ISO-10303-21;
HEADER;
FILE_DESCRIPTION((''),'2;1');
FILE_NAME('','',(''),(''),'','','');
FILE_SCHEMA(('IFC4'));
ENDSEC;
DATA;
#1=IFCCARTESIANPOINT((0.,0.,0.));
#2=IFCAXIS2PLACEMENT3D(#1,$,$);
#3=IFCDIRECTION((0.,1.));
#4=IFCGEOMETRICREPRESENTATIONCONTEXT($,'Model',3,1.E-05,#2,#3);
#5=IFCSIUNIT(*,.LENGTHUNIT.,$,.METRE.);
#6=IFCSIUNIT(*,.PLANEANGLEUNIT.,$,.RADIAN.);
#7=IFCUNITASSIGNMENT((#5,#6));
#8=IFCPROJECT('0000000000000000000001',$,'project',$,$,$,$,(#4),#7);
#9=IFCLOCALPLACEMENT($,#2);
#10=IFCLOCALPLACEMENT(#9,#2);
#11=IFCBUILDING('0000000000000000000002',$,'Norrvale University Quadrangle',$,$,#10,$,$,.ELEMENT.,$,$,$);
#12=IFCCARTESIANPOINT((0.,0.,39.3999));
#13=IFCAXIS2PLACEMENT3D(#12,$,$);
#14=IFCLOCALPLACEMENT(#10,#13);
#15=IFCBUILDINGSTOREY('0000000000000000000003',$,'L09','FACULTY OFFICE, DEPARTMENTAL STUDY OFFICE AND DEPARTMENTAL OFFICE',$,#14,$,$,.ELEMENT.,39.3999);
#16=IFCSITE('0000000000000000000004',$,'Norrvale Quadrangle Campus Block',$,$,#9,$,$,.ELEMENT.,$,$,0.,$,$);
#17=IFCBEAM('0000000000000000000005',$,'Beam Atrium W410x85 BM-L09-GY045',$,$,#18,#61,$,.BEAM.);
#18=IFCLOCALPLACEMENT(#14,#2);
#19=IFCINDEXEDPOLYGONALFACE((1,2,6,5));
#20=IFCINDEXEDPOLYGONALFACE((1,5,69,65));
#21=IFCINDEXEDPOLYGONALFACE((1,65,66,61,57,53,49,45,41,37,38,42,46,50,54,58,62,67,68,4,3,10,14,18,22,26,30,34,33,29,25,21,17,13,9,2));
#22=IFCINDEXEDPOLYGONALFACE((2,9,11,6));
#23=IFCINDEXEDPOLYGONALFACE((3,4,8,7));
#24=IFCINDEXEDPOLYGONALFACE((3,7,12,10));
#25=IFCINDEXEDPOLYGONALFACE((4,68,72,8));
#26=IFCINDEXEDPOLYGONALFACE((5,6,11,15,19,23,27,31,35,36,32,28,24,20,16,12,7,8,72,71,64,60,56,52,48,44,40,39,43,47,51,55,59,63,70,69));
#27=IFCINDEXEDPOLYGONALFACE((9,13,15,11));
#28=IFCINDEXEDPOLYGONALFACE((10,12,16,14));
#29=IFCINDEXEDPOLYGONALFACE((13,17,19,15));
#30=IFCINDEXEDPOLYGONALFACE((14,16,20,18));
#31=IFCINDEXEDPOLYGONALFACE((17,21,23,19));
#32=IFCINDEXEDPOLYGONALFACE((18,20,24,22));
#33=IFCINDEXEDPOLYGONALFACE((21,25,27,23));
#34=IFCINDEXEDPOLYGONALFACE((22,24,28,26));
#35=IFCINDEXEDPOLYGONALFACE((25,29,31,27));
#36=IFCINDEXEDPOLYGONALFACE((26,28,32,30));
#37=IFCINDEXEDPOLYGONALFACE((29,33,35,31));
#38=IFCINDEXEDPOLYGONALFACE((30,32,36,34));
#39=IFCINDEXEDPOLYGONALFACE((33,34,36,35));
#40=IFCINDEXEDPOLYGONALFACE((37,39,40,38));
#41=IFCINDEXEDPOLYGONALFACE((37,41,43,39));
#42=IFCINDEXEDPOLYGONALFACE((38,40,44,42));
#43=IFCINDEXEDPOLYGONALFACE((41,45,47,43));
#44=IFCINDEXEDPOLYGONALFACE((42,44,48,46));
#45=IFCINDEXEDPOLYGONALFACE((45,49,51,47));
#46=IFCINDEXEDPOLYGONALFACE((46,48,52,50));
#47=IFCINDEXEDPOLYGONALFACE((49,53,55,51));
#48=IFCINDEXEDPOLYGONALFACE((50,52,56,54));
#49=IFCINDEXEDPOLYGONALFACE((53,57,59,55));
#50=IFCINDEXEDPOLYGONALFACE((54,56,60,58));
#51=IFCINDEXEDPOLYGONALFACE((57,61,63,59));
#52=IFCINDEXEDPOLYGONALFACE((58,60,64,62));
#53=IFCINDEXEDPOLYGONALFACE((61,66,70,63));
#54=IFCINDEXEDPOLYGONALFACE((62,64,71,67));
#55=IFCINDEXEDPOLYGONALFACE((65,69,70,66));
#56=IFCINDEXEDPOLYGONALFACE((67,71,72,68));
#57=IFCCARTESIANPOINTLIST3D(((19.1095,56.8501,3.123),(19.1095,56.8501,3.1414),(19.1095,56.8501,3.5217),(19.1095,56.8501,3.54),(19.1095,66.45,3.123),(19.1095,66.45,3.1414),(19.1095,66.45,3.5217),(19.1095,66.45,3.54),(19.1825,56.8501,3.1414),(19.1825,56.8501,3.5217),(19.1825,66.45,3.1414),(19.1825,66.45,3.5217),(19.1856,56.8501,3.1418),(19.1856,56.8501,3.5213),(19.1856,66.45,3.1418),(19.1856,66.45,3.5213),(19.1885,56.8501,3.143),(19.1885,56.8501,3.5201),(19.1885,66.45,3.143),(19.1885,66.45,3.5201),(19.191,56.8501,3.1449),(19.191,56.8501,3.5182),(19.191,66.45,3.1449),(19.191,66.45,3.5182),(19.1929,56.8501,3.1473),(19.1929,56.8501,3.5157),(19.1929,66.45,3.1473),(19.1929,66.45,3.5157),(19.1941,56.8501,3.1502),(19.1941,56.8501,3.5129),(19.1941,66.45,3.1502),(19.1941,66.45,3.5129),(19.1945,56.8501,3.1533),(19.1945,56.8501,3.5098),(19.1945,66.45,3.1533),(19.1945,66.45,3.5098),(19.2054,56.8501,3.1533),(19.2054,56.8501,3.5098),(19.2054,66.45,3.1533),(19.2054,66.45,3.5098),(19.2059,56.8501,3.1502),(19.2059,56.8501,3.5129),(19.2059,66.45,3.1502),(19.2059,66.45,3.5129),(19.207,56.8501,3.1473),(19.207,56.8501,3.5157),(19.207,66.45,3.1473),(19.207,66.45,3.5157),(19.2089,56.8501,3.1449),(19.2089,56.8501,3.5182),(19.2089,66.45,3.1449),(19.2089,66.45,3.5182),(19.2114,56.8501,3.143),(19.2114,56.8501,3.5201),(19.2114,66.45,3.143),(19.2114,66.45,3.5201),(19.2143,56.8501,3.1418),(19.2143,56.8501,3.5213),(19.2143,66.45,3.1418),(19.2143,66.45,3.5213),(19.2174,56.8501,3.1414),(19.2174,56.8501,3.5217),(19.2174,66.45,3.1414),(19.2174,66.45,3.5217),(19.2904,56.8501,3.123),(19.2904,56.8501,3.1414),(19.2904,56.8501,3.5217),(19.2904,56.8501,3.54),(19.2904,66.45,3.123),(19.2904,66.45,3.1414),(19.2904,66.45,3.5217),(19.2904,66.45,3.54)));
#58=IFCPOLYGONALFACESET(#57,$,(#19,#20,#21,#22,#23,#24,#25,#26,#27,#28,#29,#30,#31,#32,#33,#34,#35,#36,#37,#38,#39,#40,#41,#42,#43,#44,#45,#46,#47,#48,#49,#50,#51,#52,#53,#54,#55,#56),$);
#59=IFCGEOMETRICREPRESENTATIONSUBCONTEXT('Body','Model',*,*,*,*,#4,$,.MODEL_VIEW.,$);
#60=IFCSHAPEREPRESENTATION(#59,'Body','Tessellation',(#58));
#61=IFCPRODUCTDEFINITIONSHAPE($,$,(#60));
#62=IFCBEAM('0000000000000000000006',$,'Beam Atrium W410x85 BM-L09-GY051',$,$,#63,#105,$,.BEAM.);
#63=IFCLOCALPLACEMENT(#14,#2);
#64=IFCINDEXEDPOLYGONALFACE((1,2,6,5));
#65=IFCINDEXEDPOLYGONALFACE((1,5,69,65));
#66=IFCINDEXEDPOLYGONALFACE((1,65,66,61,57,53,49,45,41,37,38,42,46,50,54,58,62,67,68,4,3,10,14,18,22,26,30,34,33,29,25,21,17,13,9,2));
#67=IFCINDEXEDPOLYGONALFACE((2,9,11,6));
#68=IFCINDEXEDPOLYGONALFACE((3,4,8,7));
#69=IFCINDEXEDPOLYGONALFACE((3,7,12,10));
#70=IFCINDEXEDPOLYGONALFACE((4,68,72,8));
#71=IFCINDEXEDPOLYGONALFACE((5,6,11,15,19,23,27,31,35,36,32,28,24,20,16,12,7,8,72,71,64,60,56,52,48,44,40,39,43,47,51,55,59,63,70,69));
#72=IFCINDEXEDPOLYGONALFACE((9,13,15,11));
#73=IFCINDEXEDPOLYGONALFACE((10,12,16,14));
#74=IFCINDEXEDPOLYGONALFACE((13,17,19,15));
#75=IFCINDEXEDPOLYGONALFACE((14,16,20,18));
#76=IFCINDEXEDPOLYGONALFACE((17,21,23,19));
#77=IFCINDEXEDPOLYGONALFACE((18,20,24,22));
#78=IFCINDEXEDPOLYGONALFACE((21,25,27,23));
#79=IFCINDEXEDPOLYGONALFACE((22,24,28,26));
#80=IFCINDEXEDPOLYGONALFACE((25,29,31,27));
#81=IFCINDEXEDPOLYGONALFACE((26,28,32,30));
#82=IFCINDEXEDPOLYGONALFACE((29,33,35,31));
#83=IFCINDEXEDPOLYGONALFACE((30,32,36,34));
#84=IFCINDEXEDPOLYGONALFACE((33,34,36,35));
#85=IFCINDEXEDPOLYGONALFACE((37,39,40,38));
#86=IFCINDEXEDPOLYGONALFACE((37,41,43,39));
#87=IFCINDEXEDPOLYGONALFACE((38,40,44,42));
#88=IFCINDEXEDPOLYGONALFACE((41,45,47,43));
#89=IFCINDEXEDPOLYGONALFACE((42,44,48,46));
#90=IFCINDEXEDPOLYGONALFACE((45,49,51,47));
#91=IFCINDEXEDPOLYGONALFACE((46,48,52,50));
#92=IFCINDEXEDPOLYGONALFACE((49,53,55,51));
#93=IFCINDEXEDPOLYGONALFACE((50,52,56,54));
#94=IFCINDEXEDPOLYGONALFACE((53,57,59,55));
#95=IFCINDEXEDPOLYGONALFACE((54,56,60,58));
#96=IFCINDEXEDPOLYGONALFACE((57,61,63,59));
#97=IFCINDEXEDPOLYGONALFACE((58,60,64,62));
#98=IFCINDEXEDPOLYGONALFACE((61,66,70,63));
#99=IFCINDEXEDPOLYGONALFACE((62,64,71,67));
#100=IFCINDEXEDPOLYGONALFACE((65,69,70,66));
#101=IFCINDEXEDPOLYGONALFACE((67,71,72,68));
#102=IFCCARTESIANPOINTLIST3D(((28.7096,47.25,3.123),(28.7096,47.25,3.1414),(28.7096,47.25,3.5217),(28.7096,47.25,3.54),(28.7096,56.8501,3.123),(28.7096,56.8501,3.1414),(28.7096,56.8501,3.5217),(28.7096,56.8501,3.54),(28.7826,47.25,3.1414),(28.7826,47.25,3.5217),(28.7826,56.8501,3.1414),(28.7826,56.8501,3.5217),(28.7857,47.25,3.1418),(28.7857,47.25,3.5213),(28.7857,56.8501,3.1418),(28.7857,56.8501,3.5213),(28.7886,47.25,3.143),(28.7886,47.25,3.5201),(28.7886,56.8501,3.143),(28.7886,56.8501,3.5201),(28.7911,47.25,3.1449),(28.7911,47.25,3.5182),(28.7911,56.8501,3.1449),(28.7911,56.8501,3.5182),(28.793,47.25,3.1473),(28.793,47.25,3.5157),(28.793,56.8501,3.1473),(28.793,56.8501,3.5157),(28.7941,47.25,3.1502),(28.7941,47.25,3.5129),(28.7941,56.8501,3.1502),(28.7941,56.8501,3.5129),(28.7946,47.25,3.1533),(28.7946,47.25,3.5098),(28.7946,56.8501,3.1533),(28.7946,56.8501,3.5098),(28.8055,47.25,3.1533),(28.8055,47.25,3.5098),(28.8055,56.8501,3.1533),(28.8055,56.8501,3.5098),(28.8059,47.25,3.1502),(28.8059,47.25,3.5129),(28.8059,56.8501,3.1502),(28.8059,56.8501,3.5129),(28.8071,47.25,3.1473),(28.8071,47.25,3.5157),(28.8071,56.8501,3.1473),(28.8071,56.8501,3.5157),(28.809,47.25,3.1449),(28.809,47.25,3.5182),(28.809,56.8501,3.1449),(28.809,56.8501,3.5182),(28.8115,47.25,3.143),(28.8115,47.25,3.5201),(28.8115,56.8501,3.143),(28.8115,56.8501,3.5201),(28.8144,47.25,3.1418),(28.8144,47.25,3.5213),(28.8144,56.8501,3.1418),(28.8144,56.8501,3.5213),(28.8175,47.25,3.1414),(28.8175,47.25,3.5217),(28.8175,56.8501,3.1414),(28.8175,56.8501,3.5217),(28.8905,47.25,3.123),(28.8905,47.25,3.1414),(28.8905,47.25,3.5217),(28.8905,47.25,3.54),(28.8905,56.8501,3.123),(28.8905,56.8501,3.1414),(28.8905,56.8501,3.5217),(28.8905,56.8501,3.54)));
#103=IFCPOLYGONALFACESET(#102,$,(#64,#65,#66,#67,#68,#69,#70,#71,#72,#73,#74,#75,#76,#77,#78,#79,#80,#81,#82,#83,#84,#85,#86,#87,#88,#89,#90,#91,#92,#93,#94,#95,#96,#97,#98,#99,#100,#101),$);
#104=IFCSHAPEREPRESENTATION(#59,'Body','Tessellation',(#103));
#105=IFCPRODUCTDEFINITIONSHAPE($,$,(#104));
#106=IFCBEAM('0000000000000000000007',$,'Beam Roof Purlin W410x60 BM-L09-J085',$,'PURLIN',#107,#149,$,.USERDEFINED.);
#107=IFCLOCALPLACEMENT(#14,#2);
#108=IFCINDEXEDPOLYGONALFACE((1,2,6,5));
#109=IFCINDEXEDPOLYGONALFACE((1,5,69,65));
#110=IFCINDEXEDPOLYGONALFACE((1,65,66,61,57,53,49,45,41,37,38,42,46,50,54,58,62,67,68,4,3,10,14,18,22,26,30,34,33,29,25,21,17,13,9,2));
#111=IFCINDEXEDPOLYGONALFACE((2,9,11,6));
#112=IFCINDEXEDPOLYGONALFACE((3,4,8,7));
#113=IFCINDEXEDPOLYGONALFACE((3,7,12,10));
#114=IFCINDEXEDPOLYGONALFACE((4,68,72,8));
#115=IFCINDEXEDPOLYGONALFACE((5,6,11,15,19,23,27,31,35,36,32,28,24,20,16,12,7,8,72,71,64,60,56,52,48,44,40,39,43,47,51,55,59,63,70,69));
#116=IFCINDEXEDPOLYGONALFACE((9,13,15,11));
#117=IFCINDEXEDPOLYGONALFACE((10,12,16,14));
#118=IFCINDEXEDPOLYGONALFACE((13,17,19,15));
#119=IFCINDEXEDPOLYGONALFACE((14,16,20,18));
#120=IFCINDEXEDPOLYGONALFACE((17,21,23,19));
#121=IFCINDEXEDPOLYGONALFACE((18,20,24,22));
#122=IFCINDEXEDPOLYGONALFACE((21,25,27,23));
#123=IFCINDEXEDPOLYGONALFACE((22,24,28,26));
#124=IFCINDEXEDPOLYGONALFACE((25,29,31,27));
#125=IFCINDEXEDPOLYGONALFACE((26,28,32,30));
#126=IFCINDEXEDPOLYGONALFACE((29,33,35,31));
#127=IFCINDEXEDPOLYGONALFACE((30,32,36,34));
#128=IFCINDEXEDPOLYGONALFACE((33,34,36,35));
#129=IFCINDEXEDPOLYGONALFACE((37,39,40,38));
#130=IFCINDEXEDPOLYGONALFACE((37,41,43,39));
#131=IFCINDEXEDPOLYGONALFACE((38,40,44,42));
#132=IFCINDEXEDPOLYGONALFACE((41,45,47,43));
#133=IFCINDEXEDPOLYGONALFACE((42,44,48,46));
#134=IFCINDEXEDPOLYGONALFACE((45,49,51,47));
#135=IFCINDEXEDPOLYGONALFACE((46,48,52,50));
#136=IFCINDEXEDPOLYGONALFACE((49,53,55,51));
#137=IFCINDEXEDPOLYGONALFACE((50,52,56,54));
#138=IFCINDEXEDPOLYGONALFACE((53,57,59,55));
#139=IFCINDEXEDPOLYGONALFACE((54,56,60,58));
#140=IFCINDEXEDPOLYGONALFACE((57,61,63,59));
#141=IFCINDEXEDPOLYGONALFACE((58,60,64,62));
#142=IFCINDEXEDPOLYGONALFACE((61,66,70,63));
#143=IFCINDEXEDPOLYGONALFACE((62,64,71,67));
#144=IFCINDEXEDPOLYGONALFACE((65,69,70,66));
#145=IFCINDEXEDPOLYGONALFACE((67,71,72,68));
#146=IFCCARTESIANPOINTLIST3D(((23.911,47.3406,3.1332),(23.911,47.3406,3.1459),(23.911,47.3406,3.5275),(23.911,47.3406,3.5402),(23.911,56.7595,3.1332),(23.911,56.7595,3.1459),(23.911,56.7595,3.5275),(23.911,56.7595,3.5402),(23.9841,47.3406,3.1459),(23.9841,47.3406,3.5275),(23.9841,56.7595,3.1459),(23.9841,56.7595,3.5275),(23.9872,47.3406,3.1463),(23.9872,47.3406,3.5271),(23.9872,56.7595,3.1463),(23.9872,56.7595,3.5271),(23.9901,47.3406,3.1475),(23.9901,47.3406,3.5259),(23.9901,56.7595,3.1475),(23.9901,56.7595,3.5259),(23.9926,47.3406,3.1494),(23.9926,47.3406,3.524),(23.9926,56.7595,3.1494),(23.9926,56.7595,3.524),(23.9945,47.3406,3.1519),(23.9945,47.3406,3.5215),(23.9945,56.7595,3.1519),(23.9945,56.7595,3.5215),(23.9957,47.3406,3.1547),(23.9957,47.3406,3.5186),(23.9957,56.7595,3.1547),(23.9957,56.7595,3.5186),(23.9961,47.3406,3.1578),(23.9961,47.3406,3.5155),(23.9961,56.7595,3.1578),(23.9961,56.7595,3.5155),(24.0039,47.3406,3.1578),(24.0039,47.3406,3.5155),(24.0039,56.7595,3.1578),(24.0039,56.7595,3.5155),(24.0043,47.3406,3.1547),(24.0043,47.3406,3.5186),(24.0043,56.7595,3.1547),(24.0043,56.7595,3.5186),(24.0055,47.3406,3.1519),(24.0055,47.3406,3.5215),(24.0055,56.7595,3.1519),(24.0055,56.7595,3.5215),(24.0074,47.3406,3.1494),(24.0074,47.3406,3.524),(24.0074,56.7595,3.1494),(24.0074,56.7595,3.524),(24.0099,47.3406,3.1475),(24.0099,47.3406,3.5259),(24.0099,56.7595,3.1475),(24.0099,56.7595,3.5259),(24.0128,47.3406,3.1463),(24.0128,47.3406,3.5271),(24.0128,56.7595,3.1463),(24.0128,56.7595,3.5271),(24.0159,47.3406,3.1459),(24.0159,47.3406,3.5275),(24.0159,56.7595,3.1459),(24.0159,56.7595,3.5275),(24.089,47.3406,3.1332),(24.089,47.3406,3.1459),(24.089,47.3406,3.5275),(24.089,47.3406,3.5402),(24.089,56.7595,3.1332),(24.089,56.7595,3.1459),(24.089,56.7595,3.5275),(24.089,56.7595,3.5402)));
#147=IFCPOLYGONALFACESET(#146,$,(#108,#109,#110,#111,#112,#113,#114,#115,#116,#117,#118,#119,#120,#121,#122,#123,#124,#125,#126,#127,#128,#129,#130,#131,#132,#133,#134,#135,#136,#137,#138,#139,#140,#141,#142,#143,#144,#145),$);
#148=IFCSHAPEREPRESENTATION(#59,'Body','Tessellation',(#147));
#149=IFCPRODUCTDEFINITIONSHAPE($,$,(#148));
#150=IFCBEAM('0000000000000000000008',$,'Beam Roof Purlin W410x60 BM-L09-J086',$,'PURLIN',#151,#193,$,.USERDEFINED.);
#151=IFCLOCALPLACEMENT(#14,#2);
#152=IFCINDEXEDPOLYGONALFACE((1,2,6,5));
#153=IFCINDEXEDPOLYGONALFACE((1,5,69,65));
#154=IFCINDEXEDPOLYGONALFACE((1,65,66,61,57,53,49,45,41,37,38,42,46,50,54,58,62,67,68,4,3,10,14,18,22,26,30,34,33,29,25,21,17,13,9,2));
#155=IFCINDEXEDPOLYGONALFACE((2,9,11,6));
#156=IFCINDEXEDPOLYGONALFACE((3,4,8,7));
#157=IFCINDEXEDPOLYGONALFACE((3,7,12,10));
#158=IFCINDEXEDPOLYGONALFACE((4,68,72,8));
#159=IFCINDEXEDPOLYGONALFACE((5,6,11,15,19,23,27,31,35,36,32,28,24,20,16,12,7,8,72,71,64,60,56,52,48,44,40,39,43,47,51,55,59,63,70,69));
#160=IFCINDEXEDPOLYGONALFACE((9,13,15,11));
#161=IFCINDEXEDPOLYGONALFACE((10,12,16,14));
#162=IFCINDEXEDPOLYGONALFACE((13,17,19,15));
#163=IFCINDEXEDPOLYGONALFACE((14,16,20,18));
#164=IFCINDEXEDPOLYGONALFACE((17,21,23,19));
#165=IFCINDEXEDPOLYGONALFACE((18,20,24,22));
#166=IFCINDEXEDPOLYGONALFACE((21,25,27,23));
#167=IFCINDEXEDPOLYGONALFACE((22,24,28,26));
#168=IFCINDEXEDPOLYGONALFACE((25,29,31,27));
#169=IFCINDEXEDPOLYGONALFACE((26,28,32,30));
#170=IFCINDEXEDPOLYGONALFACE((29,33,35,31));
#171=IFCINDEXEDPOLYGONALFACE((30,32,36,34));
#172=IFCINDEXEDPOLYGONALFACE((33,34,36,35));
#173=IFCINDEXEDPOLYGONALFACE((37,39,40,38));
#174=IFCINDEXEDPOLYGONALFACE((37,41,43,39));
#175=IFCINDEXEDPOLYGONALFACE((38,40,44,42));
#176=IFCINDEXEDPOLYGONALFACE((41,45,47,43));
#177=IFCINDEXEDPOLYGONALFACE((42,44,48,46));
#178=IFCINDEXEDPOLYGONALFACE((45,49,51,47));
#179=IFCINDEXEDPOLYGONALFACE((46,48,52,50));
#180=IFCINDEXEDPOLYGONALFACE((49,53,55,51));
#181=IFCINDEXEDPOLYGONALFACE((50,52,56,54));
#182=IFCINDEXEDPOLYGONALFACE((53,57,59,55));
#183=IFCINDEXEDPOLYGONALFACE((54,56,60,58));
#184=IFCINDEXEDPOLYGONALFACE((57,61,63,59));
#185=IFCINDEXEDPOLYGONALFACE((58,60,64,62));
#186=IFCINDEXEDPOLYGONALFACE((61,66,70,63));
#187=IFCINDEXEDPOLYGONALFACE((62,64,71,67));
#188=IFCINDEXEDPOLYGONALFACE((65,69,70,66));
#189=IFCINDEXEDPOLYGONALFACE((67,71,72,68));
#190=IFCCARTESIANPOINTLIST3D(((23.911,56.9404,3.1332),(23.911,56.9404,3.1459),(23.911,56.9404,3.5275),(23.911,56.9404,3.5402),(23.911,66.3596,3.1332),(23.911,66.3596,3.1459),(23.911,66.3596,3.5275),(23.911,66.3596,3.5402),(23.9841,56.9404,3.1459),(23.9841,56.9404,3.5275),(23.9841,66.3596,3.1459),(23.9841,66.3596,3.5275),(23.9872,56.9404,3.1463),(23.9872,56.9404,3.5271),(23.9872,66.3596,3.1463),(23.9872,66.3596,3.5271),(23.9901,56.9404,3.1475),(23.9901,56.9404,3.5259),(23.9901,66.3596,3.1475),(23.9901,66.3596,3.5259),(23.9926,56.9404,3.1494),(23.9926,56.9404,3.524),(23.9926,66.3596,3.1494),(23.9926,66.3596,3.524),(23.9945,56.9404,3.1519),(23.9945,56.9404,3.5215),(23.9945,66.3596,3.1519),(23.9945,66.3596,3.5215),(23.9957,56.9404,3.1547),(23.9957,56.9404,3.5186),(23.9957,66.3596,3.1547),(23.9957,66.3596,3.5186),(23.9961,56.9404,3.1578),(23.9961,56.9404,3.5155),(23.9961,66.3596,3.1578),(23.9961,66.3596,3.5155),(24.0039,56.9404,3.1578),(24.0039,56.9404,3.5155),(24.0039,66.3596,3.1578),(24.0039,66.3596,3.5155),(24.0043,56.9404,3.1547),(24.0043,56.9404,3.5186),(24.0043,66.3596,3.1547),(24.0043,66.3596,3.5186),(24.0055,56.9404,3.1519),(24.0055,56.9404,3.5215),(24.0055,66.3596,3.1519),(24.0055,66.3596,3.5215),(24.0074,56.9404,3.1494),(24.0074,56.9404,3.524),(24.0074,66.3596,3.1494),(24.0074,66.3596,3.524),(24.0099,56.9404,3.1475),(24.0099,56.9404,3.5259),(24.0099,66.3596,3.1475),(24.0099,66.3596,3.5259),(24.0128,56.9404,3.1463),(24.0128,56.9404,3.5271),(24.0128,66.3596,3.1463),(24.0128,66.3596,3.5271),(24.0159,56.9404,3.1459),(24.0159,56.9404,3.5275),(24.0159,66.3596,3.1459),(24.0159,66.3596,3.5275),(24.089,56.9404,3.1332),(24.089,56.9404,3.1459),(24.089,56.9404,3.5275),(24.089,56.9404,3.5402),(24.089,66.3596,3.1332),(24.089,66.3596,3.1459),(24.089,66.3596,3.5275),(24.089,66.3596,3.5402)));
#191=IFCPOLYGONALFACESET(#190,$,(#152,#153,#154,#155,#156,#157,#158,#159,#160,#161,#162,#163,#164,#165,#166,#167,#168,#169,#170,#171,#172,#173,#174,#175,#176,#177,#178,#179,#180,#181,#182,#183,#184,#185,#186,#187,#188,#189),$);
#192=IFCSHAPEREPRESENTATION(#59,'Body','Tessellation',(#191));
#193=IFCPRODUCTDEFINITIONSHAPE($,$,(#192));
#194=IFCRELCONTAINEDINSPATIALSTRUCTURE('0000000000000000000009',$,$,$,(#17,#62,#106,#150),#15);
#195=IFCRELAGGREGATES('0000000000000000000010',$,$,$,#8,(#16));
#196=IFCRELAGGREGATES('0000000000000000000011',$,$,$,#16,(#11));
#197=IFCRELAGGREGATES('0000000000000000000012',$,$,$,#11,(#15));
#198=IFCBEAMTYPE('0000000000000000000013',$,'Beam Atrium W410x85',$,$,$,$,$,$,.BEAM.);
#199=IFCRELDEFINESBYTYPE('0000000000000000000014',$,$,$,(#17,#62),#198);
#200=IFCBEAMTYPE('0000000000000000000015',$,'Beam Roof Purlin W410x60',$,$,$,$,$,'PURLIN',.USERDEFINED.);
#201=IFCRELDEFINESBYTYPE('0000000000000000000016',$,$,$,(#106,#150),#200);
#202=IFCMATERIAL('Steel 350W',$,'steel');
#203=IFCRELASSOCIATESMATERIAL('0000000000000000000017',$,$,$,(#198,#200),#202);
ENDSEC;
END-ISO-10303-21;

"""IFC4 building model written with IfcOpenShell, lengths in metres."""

from ifc_helpers import new_model, si_unit, direction, frame, origin, origin_2d, place, context, subcontext, project, spatial, i_section, extrude, material, material_profile, profile_set, type_object, element, save


model = new_model("IFC4")

# Units and contexts
model_context = context("Model", 3, precision=1e-05, world=origin(), true_north=direction((0.0, 1.0)))
body_context = subcontext(model_context, "Body", "Model", "MODEL_VIEW")
ifc_project = project(units=[si_unit("LENGTHUNIT", "METRE"), si_unit("PLANEANGLEUNIT", "RADIAN")], contexts=[model_context])

# Site, building, storey
site_placement = place(None, origin())
site = spatial("IfcSite", under=ifc_project, at=site_placement, Name="Norrvale Quadrangle Campus Block", CompositionType="ELEMENT", RefElevation=0.0)
building_placement = place(site_placement, origin())
building = spatial("IfcBuilding", under=site, at=building_placement, Name="Norrvale University Quadrangle", CompositionType="ELEMENT")
storey_placement = place(building_placement, frame((0.0, 0.0, 39.3999)))
storey = spatial("IfcBuildingStorey", under=building, at=storey_placement, Name="L09", Description="FACULTY OFFICE, DEPARTMENTAL STUDY OFFICE AND DEPARTMENTAL OFFICE", CompositionType="ELEMENT", Elevation=39.3999)

# Beams
ifc_material_1 = material(Name="Steel 350W", Category="steel")
ifc_material_profile_1 = material_profile(ifc_material_1, i_section(OverallWidth=0.1809, OverallDepth=0.417, WebThickness=0.011, FlangeThickness=0.0183, FilletRadius=0.012, at=origin_2d()), Name="Steel 350W")
ifc_profile_set_1 = profile_set([ifc_material_profile_1], Name="Steel 350W")
beam_type_1 = type_object("IfcBeamType", Name="Beam Atrium W410x85", PredefinedType="BEAM", material=ifc_profile_set_1)
beam_1_placement = place(storey_placement, frame((19.2, 56.8501, 3.3315), z_axis=(0.0, 1.0, 0.0), x_axis=(-1.0, 0.0, 0.0)))
element("IfcBeam", 1, at=beam_1_placement, inside=storey, type_object=beam_type_1, Name="Beam Atrium W410x85 BM-L09-GY045", PredefinedType="BEAM", context=body_context, shape_type="SweptSolid", body=[
    extrude(i_section(OverallWidth=0.1809, OverallDepth=0.417, WebThickness=0.011, FlangeThickness=0.0183, FilletRadius=0.012, at=origin_2d()), origin(), (0.0, 0.0, 1.0), 9.5999),
])
beam_2_placement = place(storey_placement, frame((28.8, 47.25, 3.3315), z_axis=(0.0, 1.0, 0.0), x_axis=(-1.0, 0.0, 0.0)))
element("IfcBeam", 2, at=beam_2_placement, inside=storey, type_object=beam_type_1, Name="Beam Atrium W410x85 BM-L09-GY051", PredefinedType="BEAM", context=body_context, shape_type="SweptSolid", body=[
    extrude(i_section(OverallWidth=0.1809, OverallDepth=0.417, WebThickness=0.011, FlangeThickness=0.0183, FilletRadius=0.012, at=origin_2d()), origin(), (0.0, 0.0, 1.0), 9.6001),
])
ifc_material_profile_2 = material_profile(ifc_material_1, i_section(OverallWidth=0.178, OverallDepth=0.407, WebThickness=0.0078, FlangeThickness=0.0127, FilletRadius=0.012, at=origin_2d()), Name="Steel 350W")
ifc_profile_set_2 = profile_set([ifc_material_profile_2], Name="Steel 350W")
beam_type_2 = type_object("IfcBeamType", Name="Beam Roof Purlin W410x60", ElementType="PURLIN", PredefinedType="USERDEFINED", material=ifc_profile_set_2)
beam_3_placement = place(storey_placement, frame((24.0, 47.3406, 3.3367), z_axis=(0.0, 1.0, 0.0), x_axis=(-1.0, 0.0, 0.0)))
element("IfcBeam", 3, at=beam_3_placement, inside=storey, type_object=beam_type_2, Name="Beam Roof Purlin W410x60 BM-L09-J085", ObjectType="PURLIN", PredefinedType="USERDEFINED", context=body_context, shape_type="SweptSolid", body=[
    extrude(i_section(OverallWidth=0.178, OverallDepth=0.407, WebThickness=0.0078, FlangeThickness=0.0127, FilletRadius=0.012, at=origin_2d()), origin(), (0.0, 0.0, 1.0), 9.4189),
])
beam_4_placement = place(storey_placement, frame((24.0, 56.9404, 3.3367), z_axis=(0.0, 1.0, 0.0), x_axis=(-1.0, 0.0, 0.0)))
element("IfcBeam", 4, at=beam_4_placement, inside=storey, type_object=beam_type_2, Name="Beam Roof Purlin W410x60 BM-L09-J086", ObjectType="PURLIN", PredefinedType="USERDEFINED", context=body_context, shape_type="SweptSolid", body=[
    extrude(i_section(OverallWidth=0.178, OverallDepth=0.407, WebThickness=0.0078, FlangeThickness=0.0127, FilletRadius=0.012, at=origin_2d()), origin(), (0.0, 0.0, 1.0), 9.4192),
])

save(model, "model.ifc")
